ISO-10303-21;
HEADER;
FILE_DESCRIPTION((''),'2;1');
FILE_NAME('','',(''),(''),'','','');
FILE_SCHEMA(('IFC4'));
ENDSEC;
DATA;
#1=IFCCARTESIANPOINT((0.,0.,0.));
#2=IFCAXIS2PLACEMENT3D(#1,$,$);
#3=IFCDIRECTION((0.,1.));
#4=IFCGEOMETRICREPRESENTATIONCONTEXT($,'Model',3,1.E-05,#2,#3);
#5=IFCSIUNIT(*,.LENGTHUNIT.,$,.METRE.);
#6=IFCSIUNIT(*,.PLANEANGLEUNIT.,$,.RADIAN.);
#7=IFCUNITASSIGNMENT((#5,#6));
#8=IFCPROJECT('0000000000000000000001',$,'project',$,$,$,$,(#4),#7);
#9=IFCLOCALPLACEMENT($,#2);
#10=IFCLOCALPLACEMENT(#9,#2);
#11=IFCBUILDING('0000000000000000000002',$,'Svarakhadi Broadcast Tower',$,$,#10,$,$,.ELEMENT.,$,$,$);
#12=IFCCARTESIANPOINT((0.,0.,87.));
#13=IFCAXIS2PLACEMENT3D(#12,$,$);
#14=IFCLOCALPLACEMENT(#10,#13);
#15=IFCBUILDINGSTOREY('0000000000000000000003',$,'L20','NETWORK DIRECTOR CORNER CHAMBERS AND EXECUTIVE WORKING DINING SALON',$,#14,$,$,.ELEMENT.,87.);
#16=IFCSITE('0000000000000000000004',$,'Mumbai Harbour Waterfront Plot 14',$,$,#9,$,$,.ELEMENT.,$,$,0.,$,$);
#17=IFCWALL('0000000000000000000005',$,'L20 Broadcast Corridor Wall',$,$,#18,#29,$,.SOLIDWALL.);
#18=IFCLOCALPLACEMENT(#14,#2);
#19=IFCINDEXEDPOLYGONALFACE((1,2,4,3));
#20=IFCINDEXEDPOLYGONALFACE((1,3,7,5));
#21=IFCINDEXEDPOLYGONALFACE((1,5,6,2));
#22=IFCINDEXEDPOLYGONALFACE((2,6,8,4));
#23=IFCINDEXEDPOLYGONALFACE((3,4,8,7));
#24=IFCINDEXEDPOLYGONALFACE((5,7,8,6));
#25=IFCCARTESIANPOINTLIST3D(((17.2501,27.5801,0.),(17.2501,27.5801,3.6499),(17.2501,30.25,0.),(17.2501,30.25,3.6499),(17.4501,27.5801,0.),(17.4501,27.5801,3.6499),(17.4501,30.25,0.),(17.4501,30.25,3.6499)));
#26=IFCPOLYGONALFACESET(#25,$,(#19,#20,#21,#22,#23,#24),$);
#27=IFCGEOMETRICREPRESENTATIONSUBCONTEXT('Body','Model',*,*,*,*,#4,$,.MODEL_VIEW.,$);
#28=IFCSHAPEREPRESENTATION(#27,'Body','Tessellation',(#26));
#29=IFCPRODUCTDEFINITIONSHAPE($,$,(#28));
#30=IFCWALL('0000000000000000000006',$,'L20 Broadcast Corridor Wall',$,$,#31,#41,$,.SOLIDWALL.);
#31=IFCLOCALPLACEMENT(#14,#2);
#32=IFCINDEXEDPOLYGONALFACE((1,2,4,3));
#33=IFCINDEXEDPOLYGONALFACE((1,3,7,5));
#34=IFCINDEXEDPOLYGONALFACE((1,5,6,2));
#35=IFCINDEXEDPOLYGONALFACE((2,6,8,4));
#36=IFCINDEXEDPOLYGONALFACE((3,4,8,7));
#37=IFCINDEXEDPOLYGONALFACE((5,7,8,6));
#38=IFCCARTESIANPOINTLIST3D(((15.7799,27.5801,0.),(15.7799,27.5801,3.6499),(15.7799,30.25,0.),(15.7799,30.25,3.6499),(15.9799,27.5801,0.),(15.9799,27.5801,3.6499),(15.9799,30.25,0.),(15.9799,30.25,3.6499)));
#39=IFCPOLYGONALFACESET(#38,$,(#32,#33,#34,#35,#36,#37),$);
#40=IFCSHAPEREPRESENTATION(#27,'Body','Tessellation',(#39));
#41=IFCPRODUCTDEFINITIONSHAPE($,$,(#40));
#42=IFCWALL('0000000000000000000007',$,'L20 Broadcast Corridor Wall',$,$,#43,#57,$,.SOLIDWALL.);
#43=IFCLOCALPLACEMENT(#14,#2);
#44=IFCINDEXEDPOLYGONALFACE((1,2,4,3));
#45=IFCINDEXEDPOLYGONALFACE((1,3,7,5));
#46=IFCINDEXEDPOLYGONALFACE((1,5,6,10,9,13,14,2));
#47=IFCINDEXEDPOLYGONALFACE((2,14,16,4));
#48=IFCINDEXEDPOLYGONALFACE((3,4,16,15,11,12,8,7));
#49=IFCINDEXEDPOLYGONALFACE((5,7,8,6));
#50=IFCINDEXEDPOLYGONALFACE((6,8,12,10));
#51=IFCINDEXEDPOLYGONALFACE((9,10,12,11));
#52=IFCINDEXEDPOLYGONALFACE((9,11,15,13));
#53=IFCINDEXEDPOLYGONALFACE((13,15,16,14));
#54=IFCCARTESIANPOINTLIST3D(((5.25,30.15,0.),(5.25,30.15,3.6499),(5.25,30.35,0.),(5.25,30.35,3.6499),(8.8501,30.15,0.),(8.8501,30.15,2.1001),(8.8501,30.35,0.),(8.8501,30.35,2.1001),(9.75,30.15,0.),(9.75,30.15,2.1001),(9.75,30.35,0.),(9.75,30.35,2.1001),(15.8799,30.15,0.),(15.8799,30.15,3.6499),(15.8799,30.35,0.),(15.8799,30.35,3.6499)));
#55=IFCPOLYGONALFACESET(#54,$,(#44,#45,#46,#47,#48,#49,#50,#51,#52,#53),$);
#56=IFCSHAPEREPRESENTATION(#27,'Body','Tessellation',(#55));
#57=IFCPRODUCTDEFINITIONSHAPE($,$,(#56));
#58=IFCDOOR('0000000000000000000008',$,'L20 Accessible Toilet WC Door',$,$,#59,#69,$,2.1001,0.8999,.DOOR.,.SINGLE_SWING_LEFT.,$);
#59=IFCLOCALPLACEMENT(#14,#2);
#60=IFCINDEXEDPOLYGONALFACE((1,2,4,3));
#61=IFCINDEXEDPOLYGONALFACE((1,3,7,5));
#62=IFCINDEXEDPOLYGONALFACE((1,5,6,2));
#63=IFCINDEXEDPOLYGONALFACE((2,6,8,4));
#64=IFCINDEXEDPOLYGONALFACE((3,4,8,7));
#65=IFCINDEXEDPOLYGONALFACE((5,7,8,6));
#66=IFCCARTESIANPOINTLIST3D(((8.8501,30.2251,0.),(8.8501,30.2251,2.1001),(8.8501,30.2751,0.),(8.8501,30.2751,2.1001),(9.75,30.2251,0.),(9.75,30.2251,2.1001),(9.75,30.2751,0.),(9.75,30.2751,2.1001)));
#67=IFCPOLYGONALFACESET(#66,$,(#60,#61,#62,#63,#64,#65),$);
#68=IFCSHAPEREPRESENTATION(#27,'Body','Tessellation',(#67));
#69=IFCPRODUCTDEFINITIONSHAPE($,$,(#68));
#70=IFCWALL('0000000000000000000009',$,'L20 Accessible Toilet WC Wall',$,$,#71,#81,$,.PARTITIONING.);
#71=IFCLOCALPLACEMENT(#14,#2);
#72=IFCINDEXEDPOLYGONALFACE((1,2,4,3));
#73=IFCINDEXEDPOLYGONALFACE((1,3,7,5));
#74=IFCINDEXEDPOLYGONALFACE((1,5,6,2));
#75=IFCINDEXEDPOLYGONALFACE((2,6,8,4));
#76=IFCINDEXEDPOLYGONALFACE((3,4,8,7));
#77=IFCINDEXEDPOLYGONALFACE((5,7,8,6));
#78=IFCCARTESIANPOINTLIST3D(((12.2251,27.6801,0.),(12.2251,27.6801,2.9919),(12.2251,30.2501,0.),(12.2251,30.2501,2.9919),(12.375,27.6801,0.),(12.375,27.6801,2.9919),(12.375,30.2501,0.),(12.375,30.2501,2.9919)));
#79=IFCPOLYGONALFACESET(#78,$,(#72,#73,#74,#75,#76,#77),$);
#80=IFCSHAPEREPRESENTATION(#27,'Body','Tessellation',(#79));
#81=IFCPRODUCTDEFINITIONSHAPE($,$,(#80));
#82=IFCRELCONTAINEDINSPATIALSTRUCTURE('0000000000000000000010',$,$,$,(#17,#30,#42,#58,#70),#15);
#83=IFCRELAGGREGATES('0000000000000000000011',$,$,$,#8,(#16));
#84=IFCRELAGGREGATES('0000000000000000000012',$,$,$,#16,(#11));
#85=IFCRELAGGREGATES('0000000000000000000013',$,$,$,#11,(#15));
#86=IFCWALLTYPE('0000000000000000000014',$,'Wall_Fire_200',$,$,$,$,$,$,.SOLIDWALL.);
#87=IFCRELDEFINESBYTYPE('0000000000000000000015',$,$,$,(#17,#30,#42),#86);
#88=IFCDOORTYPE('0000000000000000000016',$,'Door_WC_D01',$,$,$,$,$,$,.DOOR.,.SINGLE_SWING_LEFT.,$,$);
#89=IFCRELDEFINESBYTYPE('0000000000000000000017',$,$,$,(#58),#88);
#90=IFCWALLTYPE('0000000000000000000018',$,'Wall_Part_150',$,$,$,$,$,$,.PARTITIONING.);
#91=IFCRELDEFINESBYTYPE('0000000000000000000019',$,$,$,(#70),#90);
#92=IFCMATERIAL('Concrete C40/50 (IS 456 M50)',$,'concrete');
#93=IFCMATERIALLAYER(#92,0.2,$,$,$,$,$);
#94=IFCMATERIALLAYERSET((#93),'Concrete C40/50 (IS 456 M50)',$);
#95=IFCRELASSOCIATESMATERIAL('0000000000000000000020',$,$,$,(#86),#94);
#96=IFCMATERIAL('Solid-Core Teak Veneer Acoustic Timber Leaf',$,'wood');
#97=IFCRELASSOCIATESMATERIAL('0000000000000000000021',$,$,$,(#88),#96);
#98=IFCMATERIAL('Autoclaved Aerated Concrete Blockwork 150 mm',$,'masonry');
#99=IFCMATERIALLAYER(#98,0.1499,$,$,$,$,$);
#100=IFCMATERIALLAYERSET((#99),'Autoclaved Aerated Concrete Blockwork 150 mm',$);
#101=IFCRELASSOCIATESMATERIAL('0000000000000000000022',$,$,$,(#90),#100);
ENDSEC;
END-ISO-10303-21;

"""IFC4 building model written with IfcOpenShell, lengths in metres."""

from ifc_helpers import new_model, si_unit, direction, frame, frame_2d, origin, place, context, subcontext, project, spatial, rectangle, extrude, material, layer, layer_set, type_object, element, fill, save


model = new_model("IFC4")

# Units and contexts
model_context = context("Model", 3, precision=1e-05, world=origin(), true_north=direction((0.0, 1.0)))
body_context = subcontext(model_context, "Body", "Model", "MODEL_VIEW")
ifc_project = project(units=[si_unit("LENGTHUNIT", "METRE"), si_unit("PLANEANGLEUNIT", "RADIAN")], contexts=[model_context])

# Site, building, storey
site_placement = place(None, origin())
site = spatial("IfcSite", under=ifc_project, at=site_placement, Name="Mumbai Harbour Waterfront Plot 14", CompositionType="ELEMENT", RefElevation=0.0)
building_placement = place(site_placement, origin())
building = spatial("IfcBuilding", under=site, at=building_placement, Name="Svarakhadi Broadcast Tower", CompositionType="ELEMENT")
storey_placement = place(building_placement, frame((0.0, 0.0, 87.0)))
storey = spatial("IfcBuildingStorey", under=building, at=storey_placement, Name="L20", Description="NETWORK DIRECTOR CORNER CHAMBERS AND EXECUTIVE WORKING DINING SALON", CompositionType="ELEMENT", Elevation=87.0)

# Shared definitions
ifc_material_1 = material(Name="Concrete C40/50 (IS 456 M50)", Category="concrete")
ifc_layer_1 = layer(ifc_material_1, 0.2)
ifc_layer_set_1 = layer_set([ifc_layer_1], Name="Concrete C40/50 (IS 456 M50)")
wall_type_1 = type_object("IfcWallType", Name="Wall_Fire_200", PredefinedType="SOLIDWALL", material=ifc_layer_set_1)
ifc_material_2 = material(Name="Solid-Core Teak Veneer Acoustic Timber Leaf", Category="wood")

# Walls
for number, where, z_axis, x_axis, name in (
    (1, (17.3501, 30.25, 0.0), (0.0, 0.0, 1.0), (0.0, -1.0, 0.0), "L20 Broadcast Corridor Wall"),
    (2, (15.8799, 27.5801, 0.0), (0.0, 0.0, 1.0), (0.0, 1.0, 0.0), "L20 Broadcast Corridor Wall"),
):
    element("IfcWall", number, at=place(storey_placement, frame(where, z_axis=z_axis, x_axis=x_axis)), inside=storey, type_object=wall_type_1, Name=name, PredefinedType="SOLIDWALL", context=body_context, shape_type="SweptSolid", body=[
        extrude(rectangle(XDim=2.6699, YDim=0.2, at=frame_2d((1.335, 0.0))), origin(), (0.0, 0.0, 1.0), 3.6499),
    ])

# Wall, opening, door
wall_1_placement = place(storey_placement, frame((15.8799, 30.25, 0.0), z_axis=(0.0, 0.0, 1.0), x_axis=(-1.0, 0.0, 0.0)))
wall_1 = element("IfcWall", 3, at=wall_1_placement, inside=storey, type_object=wall_type_1, Name="L20 Broadcast Corridor Wall", PredefinedType="SOLIDWALL", context=body_context, shape_type="SweptSolid", body=[
    extrude(rectangle(XDim=10.6299, YDim=0.2, at=frame_2d((5.3149, 0.0))), origin(), (0.0, 0.0, 1.0), 3.6499),
])
opening_1_placement = place(wall_1_placement, frame((6.1299, 0.0, 0.0)))
opening_1 = element("IfcOpeningElement", 4, at=opening_1_placement, cuts=wall_1, PredefinedType="OPENING", context=body_context, shape_type="SweptSolid", body=[
    extrude(rectangle(XDim=0.8999, YDim=2.1001, at=frame_2d((0.45, 1.05))), frame((0.0, 0.1099, 0.0), z_axis=(0.0, -1.0, 0.0), x_axis=(1.0, 0.0, 0.0)), (0.0, 0.0, 1.0), 0.22),
])
door_type_1 = type_object("IfcDoorType", Name="Door_WC_D01", OperationType="SINGLE_SWING_LEFT", PredefinedType="DOOR", material=ifc_material_2)
door_1_placement = place(opening_1_placement, origin())
door_1 = element("IfcDoor", 5, at=door_1_placement, inside=storey, type_object=door_type_1, Name="L20 Accessible Toilet WC Door", OperationType="SINGLE_SWING_LEFT", OverallHeight=2.1001, OverallWidth=0.8999, PredefinedType="DOOR", context=body_context, shape_type="SweptSolid", body=[
    extrude(rectangle(XDim=0.8999, YDim=2.1001, at=frame_2d((0.45, 1.05))), frame((0.0, 0.0249, 0.0), z_axis=(0.0, -1.0, 0.0), x_axis=(1.0, 0.0, 0.0)), (0.0, 0.0, 1.0), 0.05),
])
fill(opening_1, door_1)

# Wall
ifc_material_3 = material(Name="Autoclaved Aerated Concrete Blockwork 150 mm", Category="masonry")
ifc_layer_2 = layer(ifc_material_3, 0.1499)
ifc_layer_set_2 = layer_set([ifc_layer_2], Name="Autoclaved Aerated Concrete Blockwork 150 mm")
wall_type_2 = type_object("IfcWallType", Name="Wall_Part_150", PredefinedType="PARTITIONING", material=ifc_layer_set_2)
wall_2_placement = place(storey_placement, frame((12.3, 27.6799, 0.0), z_axis=(0.0, 0.0, 1.0), x_axis=(0.0, 1.0, 0.0)))
element("IfcWall", 6, at=wall_2_placement, inside=storey, type_object=wall_type_2, Name="L20 Accessible Toilet WC Wall", PredefinedType="PARTITIONING", context=body_context, shape_type="SweptSolid", body=[
    extrude(rectangle(XDim=2.5701, YDim=0.1499, at=frame_2d((1.2852, 0.0))), origin(), (0.0, 0.0, 1.0), 2.9919),
])

save(model, "model.ifc")
